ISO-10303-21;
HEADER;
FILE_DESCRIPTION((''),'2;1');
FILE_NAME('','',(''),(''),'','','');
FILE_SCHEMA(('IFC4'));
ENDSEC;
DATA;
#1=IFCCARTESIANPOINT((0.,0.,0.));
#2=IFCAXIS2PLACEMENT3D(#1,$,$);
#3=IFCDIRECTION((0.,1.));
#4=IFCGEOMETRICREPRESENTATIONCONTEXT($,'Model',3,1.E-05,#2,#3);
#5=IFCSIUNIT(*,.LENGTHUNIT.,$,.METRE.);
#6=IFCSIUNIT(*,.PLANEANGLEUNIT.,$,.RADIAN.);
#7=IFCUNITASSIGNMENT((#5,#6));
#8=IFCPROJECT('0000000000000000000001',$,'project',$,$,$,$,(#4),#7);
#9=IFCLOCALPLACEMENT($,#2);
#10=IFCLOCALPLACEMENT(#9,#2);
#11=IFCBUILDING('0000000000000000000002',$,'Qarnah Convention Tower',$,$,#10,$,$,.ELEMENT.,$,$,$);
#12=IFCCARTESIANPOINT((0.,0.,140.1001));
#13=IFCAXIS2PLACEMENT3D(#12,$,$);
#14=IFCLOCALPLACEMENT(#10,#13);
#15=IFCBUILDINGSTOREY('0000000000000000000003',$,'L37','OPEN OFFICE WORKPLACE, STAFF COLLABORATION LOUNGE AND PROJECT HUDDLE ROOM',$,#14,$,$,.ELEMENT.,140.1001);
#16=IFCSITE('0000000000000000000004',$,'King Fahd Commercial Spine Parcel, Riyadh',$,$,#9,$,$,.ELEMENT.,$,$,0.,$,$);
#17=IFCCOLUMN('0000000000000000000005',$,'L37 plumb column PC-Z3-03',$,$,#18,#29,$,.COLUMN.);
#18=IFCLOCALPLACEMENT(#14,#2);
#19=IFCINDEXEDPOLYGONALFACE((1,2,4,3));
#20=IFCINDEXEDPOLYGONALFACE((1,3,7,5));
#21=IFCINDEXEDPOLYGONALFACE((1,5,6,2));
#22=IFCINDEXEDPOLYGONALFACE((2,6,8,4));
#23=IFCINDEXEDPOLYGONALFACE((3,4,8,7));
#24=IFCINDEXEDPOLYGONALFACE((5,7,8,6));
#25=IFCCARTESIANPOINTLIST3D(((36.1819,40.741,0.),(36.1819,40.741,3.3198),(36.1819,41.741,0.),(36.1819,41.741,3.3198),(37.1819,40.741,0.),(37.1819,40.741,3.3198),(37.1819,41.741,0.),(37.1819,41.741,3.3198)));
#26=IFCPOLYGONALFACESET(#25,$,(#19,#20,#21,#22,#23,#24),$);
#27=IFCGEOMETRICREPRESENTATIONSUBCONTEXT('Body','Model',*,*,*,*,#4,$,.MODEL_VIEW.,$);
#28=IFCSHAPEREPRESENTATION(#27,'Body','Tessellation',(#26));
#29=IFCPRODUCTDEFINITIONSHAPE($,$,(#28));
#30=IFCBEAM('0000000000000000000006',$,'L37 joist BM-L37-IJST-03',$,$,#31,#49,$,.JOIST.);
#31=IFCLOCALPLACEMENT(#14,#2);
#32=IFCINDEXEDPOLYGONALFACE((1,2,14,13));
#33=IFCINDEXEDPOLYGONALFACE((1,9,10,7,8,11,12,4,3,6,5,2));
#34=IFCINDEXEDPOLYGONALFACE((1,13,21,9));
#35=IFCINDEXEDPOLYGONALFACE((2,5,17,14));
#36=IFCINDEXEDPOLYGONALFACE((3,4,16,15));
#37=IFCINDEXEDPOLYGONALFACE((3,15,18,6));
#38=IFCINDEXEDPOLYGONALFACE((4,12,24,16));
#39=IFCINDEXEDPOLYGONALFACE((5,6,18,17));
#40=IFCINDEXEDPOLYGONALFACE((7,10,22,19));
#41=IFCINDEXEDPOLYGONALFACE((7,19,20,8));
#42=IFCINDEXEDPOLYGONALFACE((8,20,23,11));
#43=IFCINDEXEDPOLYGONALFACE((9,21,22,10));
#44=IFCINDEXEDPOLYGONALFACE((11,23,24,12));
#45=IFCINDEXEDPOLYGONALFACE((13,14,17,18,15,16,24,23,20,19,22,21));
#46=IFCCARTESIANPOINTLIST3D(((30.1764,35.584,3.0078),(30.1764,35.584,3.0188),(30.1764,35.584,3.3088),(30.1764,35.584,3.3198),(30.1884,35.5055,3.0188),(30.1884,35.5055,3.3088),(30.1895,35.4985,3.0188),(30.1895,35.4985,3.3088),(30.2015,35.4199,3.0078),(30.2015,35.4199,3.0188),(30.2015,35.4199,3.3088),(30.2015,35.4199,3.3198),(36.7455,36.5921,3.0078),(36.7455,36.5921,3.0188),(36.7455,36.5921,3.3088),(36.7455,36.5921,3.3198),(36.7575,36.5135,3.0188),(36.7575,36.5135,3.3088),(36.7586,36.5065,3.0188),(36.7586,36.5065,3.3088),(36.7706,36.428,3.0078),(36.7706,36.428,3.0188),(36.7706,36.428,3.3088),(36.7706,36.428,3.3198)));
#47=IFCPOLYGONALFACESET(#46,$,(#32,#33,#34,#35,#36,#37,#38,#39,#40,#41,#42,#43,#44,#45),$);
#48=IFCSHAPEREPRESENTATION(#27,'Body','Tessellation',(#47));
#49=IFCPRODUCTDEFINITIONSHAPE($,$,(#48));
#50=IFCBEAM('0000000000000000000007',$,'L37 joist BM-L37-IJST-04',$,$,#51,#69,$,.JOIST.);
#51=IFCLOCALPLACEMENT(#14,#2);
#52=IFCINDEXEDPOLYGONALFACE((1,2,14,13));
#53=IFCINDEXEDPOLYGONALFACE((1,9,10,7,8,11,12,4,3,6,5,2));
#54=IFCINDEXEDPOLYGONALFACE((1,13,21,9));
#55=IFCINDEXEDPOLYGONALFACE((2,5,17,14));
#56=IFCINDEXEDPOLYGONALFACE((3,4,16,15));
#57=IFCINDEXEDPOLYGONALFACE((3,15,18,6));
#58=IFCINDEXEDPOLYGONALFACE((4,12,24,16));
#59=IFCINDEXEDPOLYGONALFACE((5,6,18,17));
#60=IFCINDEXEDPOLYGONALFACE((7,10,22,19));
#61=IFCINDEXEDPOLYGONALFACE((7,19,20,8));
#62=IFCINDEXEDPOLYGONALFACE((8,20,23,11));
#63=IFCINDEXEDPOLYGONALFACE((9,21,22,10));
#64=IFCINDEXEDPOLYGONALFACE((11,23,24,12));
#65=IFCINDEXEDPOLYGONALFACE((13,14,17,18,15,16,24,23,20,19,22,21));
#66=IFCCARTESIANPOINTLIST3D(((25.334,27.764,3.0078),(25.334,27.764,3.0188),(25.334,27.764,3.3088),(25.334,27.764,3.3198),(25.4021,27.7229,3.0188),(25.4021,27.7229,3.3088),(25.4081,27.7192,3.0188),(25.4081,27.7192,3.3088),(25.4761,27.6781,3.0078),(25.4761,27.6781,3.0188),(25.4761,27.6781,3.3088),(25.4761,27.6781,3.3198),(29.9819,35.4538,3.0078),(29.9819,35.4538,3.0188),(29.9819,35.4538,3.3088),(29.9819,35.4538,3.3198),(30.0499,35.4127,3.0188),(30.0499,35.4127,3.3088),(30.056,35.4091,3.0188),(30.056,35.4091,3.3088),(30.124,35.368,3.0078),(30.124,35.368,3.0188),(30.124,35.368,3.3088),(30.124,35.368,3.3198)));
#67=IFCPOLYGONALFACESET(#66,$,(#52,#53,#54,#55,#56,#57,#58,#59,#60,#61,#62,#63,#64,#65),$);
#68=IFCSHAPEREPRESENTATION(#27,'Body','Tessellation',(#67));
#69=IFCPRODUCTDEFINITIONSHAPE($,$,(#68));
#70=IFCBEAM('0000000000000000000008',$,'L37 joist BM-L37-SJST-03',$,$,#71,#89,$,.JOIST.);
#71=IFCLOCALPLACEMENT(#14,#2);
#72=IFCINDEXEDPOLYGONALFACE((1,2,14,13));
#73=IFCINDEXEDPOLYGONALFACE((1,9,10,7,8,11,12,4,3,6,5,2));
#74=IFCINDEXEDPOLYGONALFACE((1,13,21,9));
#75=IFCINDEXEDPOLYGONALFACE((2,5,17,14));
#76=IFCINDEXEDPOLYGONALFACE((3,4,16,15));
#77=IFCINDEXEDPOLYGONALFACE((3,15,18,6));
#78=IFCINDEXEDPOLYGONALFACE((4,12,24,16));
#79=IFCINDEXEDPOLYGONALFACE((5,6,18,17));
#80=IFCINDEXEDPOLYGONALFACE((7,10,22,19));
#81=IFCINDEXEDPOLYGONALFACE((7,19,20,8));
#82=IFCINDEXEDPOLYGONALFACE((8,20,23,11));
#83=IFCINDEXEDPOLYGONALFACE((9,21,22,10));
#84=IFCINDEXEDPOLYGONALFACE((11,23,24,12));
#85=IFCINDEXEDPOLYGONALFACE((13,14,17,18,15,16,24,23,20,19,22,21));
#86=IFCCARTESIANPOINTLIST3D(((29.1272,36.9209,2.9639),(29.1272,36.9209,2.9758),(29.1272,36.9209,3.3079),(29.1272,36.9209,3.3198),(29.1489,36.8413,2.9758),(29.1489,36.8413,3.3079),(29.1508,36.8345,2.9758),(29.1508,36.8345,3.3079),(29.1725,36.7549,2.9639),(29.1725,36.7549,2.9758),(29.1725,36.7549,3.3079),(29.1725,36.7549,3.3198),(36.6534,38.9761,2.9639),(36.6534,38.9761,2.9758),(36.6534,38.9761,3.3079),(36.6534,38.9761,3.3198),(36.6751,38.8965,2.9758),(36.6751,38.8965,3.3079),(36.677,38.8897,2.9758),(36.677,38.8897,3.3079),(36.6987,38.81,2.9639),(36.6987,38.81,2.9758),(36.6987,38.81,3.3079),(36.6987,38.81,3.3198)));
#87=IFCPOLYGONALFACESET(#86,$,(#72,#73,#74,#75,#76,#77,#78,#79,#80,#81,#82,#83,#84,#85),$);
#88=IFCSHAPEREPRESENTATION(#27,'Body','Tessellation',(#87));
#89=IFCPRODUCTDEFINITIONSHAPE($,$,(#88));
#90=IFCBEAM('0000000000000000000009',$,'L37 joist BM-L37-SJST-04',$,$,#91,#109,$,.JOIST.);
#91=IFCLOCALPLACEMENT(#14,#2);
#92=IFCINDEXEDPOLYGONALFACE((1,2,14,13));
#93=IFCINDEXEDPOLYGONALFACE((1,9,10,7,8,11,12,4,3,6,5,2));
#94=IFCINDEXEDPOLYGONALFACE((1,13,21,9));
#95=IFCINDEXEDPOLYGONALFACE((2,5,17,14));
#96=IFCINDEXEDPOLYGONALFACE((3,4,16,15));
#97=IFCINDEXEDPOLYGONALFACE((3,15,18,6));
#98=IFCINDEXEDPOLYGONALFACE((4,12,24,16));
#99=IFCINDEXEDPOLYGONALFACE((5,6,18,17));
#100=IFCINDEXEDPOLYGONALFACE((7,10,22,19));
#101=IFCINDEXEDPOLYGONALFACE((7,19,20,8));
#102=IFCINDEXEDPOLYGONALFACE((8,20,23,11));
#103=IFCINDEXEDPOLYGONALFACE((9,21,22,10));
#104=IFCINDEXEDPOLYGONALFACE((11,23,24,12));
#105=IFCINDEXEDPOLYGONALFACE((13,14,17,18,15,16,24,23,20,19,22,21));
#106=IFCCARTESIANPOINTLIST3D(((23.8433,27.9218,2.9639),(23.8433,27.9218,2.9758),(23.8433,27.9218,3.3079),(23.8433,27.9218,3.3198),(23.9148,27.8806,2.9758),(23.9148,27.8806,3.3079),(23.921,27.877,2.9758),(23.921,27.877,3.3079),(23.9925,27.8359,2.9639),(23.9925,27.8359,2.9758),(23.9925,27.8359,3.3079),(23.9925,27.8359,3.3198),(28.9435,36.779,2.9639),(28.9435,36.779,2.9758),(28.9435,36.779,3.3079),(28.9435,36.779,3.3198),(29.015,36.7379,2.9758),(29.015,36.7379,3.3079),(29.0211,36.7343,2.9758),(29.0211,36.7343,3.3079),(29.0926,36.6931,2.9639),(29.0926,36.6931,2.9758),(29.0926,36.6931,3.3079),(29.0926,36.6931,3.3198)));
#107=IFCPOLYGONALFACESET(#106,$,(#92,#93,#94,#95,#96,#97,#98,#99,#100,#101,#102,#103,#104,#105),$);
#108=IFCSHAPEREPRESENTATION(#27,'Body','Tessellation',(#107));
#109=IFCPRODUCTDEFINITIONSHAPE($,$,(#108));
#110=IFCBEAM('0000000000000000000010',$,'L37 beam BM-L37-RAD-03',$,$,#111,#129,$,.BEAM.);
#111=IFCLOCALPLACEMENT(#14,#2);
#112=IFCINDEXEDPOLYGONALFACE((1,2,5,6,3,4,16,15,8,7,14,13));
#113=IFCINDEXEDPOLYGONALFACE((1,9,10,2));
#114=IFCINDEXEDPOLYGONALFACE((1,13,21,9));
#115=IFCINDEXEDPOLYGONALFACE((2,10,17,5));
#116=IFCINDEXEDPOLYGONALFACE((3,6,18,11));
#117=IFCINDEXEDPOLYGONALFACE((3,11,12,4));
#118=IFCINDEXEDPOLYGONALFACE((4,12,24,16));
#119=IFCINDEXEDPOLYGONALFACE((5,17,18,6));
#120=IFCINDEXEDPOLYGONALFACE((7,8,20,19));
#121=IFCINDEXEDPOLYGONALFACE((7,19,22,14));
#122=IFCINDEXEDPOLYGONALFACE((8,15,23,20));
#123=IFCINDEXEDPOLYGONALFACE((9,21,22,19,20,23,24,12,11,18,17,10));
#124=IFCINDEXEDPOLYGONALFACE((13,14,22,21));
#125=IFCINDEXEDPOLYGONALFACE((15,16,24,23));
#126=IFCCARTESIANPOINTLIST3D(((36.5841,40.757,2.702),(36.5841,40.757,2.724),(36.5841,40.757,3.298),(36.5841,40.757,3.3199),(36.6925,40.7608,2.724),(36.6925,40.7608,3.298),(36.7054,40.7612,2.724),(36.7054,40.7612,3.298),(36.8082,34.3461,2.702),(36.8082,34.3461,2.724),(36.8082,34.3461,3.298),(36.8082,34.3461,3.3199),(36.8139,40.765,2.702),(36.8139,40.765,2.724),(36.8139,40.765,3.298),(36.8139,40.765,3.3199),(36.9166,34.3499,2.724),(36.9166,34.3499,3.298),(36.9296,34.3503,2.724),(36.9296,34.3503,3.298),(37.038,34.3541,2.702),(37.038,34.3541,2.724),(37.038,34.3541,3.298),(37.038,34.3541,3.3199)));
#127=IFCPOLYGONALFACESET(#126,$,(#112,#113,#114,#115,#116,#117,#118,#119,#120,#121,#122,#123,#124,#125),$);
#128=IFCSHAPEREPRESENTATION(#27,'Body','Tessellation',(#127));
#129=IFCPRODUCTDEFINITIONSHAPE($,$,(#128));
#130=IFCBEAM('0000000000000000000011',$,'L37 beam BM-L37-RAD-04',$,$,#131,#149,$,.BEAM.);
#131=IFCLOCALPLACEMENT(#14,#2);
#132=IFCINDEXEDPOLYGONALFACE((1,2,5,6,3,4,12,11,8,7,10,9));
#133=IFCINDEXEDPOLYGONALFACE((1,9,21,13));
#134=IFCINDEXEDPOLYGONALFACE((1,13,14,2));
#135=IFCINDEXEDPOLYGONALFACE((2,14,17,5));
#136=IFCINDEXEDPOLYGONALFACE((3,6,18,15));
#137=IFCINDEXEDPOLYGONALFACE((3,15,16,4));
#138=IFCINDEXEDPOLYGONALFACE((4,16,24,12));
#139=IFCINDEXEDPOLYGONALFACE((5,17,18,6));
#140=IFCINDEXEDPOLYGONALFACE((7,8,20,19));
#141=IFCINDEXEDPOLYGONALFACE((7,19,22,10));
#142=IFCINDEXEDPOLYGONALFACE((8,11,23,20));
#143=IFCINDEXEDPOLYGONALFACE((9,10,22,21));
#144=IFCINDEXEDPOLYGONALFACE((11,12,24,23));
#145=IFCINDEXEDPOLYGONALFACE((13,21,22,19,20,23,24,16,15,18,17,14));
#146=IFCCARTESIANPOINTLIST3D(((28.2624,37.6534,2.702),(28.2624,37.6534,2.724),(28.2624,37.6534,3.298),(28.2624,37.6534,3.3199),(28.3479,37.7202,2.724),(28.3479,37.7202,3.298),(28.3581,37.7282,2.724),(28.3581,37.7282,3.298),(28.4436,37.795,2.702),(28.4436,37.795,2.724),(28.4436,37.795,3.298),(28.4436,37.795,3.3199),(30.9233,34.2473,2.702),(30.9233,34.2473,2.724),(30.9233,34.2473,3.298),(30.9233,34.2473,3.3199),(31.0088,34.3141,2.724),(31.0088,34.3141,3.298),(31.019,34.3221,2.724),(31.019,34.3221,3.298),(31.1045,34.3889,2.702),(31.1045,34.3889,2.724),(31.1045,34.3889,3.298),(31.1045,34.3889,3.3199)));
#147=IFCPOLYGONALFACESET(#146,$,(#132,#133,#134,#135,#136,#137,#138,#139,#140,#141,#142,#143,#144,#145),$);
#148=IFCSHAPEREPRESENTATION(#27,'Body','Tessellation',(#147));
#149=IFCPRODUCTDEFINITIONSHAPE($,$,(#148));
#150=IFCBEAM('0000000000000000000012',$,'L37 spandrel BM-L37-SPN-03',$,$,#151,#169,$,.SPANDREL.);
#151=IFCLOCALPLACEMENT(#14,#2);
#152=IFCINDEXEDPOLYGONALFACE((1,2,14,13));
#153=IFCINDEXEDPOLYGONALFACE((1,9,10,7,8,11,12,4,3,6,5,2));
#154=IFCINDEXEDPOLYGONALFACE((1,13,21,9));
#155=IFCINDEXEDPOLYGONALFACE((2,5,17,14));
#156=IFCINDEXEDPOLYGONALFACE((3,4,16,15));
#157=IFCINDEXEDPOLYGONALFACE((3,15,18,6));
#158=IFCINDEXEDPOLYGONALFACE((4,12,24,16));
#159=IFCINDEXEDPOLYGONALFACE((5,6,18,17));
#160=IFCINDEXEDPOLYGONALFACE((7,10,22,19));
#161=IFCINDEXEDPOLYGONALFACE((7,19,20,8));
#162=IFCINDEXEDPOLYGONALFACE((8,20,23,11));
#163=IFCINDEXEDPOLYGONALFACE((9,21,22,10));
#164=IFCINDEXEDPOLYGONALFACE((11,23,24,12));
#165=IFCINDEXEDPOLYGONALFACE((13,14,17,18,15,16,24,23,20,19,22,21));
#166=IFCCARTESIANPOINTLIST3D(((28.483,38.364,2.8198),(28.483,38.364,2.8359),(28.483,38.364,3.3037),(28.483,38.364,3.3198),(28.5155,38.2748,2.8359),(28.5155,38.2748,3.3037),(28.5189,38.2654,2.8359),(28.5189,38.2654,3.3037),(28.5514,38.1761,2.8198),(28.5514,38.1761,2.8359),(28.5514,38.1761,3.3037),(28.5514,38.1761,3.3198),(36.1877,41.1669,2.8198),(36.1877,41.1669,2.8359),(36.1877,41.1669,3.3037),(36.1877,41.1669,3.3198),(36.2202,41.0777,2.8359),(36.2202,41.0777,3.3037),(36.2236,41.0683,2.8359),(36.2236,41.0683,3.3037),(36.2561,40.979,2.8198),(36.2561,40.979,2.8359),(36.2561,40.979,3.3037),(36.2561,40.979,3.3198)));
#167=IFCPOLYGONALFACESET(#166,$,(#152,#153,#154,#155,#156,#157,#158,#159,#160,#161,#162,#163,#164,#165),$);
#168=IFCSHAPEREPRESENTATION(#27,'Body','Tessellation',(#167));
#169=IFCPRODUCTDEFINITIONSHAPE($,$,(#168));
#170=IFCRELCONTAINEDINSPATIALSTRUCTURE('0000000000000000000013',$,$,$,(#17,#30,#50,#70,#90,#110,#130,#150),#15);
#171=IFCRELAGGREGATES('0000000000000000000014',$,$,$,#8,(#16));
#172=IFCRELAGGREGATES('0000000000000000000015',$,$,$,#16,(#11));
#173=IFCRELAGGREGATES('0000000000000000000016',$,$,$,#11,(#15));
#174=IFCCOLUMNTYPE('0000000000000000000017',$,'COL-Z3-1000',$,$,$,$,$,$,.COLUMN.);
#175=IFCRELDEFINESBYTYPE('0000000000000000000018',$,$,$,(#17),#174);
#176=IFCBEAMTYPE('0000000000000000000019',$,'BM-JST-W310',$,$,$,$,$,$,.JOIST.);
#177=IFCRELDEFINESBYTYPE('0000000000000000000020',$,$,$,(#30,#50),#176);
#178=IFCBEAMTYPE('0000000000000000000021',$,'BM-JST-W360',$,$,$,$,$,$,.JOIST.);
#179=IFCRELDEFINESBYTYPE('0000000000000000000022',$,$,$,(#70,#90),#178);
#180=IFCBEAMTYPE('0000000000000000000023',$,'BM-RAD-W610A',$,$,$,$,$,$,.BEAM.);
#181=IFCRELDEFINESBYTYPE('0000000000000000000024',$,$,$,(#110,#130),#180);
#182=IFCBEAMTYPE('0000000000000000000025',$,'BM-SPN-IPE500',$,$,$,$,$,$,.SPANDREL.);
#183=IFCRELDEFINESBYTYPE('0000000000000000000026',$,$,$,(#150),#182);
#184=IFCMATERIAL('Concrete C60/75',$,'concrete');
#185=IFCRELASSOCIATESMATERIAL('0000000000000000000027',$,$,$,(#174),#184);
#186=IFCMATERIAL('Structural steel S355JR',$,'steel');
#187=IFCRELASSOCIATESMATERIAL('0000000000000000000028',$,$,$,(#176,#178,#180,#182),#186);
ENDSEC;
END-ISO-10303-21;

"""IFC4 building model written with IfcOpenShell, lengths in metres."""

from ifc_helpers import new_model, si_unit, direction, frame, origin, origin_2d, place, context, subcontext, project, spatial, rectangle, i_section, extrude, material, material_profile, profile_set, type_object, element, save


model = new_model("IFC4")

# Units and contexts
model_context = context("Model", 3, precision=1e-05, world=origin(), true_north=direction((0.0, 1.0)))
body_context = subcontext(model_context, "Body", "Model", "MODEL_VIEW")
ifc_project = project(units=[si_unit("LENGTHUNIT", "METRE"), si_unit("PLANEANGLEUNIT", "RADIAN")], contexts=[model_context])

# Site, building, storey
site_placement = place(None, origin())
site = spatial("IfcSite", under=ifc_project, at=site_placement, Name="King Fahd Commercial Spine Parcel, Riyadh", CompositionType="ELEMENT", RefElevation=0.0)
building_placement = place(site_placement, origin())
building = spatial("IfcBuilding", under=site, at=building_placement, Name="Qarnah Convention Tower", CompositionType="ELEMENT")
storey_placement = place(building_placement, frame((0.0, 0.0, 140.1001)))
storey = spatial("IfcBuildingStorey", under=building, at=storey_placement, Name="L37", Description="OPEN OFFICE WORKPLACE, STAFF COLLABORATION LOUNGE AND PROJECT HUDDLE ROOM", CompositionType="ELEMENT", Elevation=140.1001)

# Column
ifc_material_1 = material(Name="Concrete C60/75", Category="concrete")
ifc_material_profile_1 = material_profile(ifc_material_1, rectangle(XDim=1.0, YDim=1.0, at=origin_2d()), Name="RC-COL-1000X1000")
ifc_profile_set_1 = profile_set([ifc_material_profile_1], Name="Concrete C60/75")
column_type = type_object("IfcColumnType", Name="COL-Z3-1000", PredefinedType="COLUMN", material=ifc_profile_set_1)
column_placement = place(storey_placement, frame((36.6819, 41.241, 0.0), z_axis=(0.0, 0.0, 1.0), x_axis=(1.0, 0.0, 0.0)))
element("IfcColumn", 1, at=column_placement, inside=storey, type_object=column_type, Name="L37 plumb column PC-Z3-03", PredefinedType="COLUMN", context=body_context, shape_type="SweptSolid", body=[
    extrude(rectangle(XDim=1.0, YDim=1.0, at=origin_2d()), origin(), (0.0, 0.0, 1.0), 3.3198),
])

# Beams
ifc_material_2 = material(Name="Structural steel S355JR", Category="steel")
ifc_material_profile_2 = material_profile(ifc_material_2, i_section(OverallWidth=0.166, OverallDepth=0.312, WebThickness=0.0071, FlangeThickness=0.011, at=origin_2d()), Name="W310X45")
ifc_profile_set_2 = profile_set([ifc_material_profile_2], Name="Structural steel S355JR")
beam_type_1 = type_object("IfcBeamType", Name="BM-JST-W310", PredefinedType="JOIST", material=ifc_profile_set_2)
beam_1_placement = place(storey_placement, frame((36.7581, 36.51, 3.1638), z_axis=(-0.98843, -0.151679, 0.0), x_axis=(0.151679, -0.98843, 0.0)))
element("IfcBeam", 2, at=beam_1_placement, inside=storey, type_object=beam_type_1, Name="L37 joist BM-L37-IJST-03", PredefinedType="JOIST", context=body_context, shape_type="SweptSolid", body=[
    extrude(i_section(OverallWidth=0.166, OverallDepth=0.312, WebThickness=0.0071, FlangeThickness=0.011, at=origin_2d()), origin(), (0.0, 0.0, 1.0), 6.646),
])
beam_2_placement = place(storey_placement, frame((30.053, 35.4109, 3.1638), z_axis=(-0.517274, -0.85582, 0.0), x_axis=(0.85582, -0.517274, 0.0)))
element("IfcBeam", 3, at=beam_2_placement, inside=storey, type_object=beam_type_1, Name="L37 joist BM-L37-IJST-04", PredefinedType="JOIST", context=body_context, shape_type="SweptSolid", body=[
    extrude(i_section(OverallWidth=0.166, OverallDepth=0.312, WebThickness=0.0071, FlangeThickness=0.011, at=origin_2d()), origin(), (0.0, 0.0, 1.0), 8.9854),
])
ifc_material_profile_3 = material_profile(ifc_material_2, i_section(OverallWidth=0.1721, OverallDepth=0.356, WebThickness=0.0071, FlangeThickness=0.012, at=origin_2d()), Name="W360X51")
ifc_profile_set_3 = profile_set([ifc_material_profile_3], Name="Structural steel S355JR")
beam_type_2 = type_object("IfcBeamType", Name="BM-JST-W360", PredefinedType="JOIST", material=ifc_profile_set_3)
beam_3_placement = place(storey_placement, frame((36.676, 38.8931, 3.1418), z_axis=(-0.964679, -0.263427, 0.0), x_axis=(0.263427, -0.964679, 0.0)))
element("IfcBeam", 4, at=beam_3_placement, inside=storey, type_object=beam_type_2, Name="L37 joist BM-L37-SJST-03", PredefinedType="JOIST", context=body_context, shape_type="SweptSolid", body=[
    extrude(i_section(OverallWidth=0.1721, OverallDepth=0.356, WebThickness=0.0071, FlangeThickness=0.012, at=origin_2d()), origin(), (0.0, 0.0, 1.0), 7.8018),
])
beam_4_placement = place(storey_placement, frame((29.0181, 36.7361, 3.1418), z_axis=(-0.499002, -0.866601, 0.0), x_axis=(0.866601, -0.499002, 0.0)))
element("IfcBeam", 5, at=beam_4_placement, inside=storey, type_object=beam_type_2, Name="L37 joist BM-L37-SJST-04", PredefinedType="JOIST", context=body_context, shape_type="SweptSolid", body=[
    extrude(i_section(OverallWidth=0.1721, OverallDepth=0.356, WebThickness=0.0071, FlangeThickness=0.012, at=origin_2d()), origin(), (0.0, 0.0, 1.0), 10.2207),
])
ifc_material_profile_4 = material_profile(ifc_material_2, i_section(OverallWidth=0.23, OverallDepth=0.6179, WebThickness=0.0129, FlangeThickness=0.022, at=origin_2d()), Name="W610X140")
ifc_profile_set_4 = profile_set([ifc_material_profile_4], Name="Structural steel S355JR")
beam_type_3 = type_object("IfcBeamType", Name="BM-RAD-W610A", PredefinedType="BEAM", material=ifc_profile_set_4)
beam_5_placement = place(storey_placement, frame((36.9231, 34.3501, 3.011), z_axis=(-0.034938, 0.999389, 0.0), x_axis=(-0.999389, -0.034938, 0.0)))
element("IfcBeam", 6, at=beam_5_placement, inside=storey, type_object=beam_type_3, Name="L37 beam BM-L37-RAD-03", PredefinedType="BEAM", context=body_context, shape_type="SweptSolid", body=[
    extrude(i_section(OverallWidth=0.23, OverallDepth=0.6179, WebThickness=0.0129, FlangeThickness=0.022, at=origin_2d()), origin(), (0.0, 0.0, 1.0), 6.4148),
])
beam_6_placement = place(storey_placement, frame((31.0139, 34.3181, 3.011), z_axis=(-0.615636, 0.78803, 0.0), x_axis=(-0.78803, -0.615636, 0.0)))
element("IfcBeam", 7, at=beam_6_placement, inside=storey, type_object=beam_type_3, Name="L37 beam BM-L37-RAD-04", PredefinedType="BEAM", context=body_context, shape_type="SweptSolid", body=[
    extrude(i_section(OverallWidth=0.23, OverallDepth=0.6179, WebThickness=0.0129, FlangeThickness=0.022, at=origin_2d()), origin(), (0.0, 0.0, 1.0), 4.3223),
])
ifc_material_profile_5 = material_profile(ifc_material_2, i_section(OverallWidth=0.2, OverallDepth=0.5, WebThickness=0.01, FlangeThickness=0.0161, at=origin_2d()), Name="IPE500")
ifc_profile_set_5 = profile_set([ifc_material_profile_5], Name="Structural steel S355JR")
beam_type_4 = type_object("IfcBeamType", Name="BM-SPN-IPE500", PredefinedType="SPANDREL", material=ifc_profile_set_5)
beam_7_placement = place(storey_placement, frame((36.2219, 41.073, 3.0698), z_axis=(-0.939746, -0.341875, 0.0), x_axis=(0.341875, -0.939746, 0.0)))
element("IfcBeam", 8, at=beam_7_placement, inside=storey, type_object=beam_type_4, Name="L37 spandrel BM-L37-SPN-03", PredefinedType="SPANDREL", context=body_context, shape_type="SweptSolid", body=[
    extrude(i_section(OverallWidth=0.2, OverallDepth=0.5, WebThickness=0.01, FlangeThickness=0.0161, at=origin_2d()), origin(), (0.0, 0.0, 1.0), 8.1987),
])

save(model, "model.ifc")
